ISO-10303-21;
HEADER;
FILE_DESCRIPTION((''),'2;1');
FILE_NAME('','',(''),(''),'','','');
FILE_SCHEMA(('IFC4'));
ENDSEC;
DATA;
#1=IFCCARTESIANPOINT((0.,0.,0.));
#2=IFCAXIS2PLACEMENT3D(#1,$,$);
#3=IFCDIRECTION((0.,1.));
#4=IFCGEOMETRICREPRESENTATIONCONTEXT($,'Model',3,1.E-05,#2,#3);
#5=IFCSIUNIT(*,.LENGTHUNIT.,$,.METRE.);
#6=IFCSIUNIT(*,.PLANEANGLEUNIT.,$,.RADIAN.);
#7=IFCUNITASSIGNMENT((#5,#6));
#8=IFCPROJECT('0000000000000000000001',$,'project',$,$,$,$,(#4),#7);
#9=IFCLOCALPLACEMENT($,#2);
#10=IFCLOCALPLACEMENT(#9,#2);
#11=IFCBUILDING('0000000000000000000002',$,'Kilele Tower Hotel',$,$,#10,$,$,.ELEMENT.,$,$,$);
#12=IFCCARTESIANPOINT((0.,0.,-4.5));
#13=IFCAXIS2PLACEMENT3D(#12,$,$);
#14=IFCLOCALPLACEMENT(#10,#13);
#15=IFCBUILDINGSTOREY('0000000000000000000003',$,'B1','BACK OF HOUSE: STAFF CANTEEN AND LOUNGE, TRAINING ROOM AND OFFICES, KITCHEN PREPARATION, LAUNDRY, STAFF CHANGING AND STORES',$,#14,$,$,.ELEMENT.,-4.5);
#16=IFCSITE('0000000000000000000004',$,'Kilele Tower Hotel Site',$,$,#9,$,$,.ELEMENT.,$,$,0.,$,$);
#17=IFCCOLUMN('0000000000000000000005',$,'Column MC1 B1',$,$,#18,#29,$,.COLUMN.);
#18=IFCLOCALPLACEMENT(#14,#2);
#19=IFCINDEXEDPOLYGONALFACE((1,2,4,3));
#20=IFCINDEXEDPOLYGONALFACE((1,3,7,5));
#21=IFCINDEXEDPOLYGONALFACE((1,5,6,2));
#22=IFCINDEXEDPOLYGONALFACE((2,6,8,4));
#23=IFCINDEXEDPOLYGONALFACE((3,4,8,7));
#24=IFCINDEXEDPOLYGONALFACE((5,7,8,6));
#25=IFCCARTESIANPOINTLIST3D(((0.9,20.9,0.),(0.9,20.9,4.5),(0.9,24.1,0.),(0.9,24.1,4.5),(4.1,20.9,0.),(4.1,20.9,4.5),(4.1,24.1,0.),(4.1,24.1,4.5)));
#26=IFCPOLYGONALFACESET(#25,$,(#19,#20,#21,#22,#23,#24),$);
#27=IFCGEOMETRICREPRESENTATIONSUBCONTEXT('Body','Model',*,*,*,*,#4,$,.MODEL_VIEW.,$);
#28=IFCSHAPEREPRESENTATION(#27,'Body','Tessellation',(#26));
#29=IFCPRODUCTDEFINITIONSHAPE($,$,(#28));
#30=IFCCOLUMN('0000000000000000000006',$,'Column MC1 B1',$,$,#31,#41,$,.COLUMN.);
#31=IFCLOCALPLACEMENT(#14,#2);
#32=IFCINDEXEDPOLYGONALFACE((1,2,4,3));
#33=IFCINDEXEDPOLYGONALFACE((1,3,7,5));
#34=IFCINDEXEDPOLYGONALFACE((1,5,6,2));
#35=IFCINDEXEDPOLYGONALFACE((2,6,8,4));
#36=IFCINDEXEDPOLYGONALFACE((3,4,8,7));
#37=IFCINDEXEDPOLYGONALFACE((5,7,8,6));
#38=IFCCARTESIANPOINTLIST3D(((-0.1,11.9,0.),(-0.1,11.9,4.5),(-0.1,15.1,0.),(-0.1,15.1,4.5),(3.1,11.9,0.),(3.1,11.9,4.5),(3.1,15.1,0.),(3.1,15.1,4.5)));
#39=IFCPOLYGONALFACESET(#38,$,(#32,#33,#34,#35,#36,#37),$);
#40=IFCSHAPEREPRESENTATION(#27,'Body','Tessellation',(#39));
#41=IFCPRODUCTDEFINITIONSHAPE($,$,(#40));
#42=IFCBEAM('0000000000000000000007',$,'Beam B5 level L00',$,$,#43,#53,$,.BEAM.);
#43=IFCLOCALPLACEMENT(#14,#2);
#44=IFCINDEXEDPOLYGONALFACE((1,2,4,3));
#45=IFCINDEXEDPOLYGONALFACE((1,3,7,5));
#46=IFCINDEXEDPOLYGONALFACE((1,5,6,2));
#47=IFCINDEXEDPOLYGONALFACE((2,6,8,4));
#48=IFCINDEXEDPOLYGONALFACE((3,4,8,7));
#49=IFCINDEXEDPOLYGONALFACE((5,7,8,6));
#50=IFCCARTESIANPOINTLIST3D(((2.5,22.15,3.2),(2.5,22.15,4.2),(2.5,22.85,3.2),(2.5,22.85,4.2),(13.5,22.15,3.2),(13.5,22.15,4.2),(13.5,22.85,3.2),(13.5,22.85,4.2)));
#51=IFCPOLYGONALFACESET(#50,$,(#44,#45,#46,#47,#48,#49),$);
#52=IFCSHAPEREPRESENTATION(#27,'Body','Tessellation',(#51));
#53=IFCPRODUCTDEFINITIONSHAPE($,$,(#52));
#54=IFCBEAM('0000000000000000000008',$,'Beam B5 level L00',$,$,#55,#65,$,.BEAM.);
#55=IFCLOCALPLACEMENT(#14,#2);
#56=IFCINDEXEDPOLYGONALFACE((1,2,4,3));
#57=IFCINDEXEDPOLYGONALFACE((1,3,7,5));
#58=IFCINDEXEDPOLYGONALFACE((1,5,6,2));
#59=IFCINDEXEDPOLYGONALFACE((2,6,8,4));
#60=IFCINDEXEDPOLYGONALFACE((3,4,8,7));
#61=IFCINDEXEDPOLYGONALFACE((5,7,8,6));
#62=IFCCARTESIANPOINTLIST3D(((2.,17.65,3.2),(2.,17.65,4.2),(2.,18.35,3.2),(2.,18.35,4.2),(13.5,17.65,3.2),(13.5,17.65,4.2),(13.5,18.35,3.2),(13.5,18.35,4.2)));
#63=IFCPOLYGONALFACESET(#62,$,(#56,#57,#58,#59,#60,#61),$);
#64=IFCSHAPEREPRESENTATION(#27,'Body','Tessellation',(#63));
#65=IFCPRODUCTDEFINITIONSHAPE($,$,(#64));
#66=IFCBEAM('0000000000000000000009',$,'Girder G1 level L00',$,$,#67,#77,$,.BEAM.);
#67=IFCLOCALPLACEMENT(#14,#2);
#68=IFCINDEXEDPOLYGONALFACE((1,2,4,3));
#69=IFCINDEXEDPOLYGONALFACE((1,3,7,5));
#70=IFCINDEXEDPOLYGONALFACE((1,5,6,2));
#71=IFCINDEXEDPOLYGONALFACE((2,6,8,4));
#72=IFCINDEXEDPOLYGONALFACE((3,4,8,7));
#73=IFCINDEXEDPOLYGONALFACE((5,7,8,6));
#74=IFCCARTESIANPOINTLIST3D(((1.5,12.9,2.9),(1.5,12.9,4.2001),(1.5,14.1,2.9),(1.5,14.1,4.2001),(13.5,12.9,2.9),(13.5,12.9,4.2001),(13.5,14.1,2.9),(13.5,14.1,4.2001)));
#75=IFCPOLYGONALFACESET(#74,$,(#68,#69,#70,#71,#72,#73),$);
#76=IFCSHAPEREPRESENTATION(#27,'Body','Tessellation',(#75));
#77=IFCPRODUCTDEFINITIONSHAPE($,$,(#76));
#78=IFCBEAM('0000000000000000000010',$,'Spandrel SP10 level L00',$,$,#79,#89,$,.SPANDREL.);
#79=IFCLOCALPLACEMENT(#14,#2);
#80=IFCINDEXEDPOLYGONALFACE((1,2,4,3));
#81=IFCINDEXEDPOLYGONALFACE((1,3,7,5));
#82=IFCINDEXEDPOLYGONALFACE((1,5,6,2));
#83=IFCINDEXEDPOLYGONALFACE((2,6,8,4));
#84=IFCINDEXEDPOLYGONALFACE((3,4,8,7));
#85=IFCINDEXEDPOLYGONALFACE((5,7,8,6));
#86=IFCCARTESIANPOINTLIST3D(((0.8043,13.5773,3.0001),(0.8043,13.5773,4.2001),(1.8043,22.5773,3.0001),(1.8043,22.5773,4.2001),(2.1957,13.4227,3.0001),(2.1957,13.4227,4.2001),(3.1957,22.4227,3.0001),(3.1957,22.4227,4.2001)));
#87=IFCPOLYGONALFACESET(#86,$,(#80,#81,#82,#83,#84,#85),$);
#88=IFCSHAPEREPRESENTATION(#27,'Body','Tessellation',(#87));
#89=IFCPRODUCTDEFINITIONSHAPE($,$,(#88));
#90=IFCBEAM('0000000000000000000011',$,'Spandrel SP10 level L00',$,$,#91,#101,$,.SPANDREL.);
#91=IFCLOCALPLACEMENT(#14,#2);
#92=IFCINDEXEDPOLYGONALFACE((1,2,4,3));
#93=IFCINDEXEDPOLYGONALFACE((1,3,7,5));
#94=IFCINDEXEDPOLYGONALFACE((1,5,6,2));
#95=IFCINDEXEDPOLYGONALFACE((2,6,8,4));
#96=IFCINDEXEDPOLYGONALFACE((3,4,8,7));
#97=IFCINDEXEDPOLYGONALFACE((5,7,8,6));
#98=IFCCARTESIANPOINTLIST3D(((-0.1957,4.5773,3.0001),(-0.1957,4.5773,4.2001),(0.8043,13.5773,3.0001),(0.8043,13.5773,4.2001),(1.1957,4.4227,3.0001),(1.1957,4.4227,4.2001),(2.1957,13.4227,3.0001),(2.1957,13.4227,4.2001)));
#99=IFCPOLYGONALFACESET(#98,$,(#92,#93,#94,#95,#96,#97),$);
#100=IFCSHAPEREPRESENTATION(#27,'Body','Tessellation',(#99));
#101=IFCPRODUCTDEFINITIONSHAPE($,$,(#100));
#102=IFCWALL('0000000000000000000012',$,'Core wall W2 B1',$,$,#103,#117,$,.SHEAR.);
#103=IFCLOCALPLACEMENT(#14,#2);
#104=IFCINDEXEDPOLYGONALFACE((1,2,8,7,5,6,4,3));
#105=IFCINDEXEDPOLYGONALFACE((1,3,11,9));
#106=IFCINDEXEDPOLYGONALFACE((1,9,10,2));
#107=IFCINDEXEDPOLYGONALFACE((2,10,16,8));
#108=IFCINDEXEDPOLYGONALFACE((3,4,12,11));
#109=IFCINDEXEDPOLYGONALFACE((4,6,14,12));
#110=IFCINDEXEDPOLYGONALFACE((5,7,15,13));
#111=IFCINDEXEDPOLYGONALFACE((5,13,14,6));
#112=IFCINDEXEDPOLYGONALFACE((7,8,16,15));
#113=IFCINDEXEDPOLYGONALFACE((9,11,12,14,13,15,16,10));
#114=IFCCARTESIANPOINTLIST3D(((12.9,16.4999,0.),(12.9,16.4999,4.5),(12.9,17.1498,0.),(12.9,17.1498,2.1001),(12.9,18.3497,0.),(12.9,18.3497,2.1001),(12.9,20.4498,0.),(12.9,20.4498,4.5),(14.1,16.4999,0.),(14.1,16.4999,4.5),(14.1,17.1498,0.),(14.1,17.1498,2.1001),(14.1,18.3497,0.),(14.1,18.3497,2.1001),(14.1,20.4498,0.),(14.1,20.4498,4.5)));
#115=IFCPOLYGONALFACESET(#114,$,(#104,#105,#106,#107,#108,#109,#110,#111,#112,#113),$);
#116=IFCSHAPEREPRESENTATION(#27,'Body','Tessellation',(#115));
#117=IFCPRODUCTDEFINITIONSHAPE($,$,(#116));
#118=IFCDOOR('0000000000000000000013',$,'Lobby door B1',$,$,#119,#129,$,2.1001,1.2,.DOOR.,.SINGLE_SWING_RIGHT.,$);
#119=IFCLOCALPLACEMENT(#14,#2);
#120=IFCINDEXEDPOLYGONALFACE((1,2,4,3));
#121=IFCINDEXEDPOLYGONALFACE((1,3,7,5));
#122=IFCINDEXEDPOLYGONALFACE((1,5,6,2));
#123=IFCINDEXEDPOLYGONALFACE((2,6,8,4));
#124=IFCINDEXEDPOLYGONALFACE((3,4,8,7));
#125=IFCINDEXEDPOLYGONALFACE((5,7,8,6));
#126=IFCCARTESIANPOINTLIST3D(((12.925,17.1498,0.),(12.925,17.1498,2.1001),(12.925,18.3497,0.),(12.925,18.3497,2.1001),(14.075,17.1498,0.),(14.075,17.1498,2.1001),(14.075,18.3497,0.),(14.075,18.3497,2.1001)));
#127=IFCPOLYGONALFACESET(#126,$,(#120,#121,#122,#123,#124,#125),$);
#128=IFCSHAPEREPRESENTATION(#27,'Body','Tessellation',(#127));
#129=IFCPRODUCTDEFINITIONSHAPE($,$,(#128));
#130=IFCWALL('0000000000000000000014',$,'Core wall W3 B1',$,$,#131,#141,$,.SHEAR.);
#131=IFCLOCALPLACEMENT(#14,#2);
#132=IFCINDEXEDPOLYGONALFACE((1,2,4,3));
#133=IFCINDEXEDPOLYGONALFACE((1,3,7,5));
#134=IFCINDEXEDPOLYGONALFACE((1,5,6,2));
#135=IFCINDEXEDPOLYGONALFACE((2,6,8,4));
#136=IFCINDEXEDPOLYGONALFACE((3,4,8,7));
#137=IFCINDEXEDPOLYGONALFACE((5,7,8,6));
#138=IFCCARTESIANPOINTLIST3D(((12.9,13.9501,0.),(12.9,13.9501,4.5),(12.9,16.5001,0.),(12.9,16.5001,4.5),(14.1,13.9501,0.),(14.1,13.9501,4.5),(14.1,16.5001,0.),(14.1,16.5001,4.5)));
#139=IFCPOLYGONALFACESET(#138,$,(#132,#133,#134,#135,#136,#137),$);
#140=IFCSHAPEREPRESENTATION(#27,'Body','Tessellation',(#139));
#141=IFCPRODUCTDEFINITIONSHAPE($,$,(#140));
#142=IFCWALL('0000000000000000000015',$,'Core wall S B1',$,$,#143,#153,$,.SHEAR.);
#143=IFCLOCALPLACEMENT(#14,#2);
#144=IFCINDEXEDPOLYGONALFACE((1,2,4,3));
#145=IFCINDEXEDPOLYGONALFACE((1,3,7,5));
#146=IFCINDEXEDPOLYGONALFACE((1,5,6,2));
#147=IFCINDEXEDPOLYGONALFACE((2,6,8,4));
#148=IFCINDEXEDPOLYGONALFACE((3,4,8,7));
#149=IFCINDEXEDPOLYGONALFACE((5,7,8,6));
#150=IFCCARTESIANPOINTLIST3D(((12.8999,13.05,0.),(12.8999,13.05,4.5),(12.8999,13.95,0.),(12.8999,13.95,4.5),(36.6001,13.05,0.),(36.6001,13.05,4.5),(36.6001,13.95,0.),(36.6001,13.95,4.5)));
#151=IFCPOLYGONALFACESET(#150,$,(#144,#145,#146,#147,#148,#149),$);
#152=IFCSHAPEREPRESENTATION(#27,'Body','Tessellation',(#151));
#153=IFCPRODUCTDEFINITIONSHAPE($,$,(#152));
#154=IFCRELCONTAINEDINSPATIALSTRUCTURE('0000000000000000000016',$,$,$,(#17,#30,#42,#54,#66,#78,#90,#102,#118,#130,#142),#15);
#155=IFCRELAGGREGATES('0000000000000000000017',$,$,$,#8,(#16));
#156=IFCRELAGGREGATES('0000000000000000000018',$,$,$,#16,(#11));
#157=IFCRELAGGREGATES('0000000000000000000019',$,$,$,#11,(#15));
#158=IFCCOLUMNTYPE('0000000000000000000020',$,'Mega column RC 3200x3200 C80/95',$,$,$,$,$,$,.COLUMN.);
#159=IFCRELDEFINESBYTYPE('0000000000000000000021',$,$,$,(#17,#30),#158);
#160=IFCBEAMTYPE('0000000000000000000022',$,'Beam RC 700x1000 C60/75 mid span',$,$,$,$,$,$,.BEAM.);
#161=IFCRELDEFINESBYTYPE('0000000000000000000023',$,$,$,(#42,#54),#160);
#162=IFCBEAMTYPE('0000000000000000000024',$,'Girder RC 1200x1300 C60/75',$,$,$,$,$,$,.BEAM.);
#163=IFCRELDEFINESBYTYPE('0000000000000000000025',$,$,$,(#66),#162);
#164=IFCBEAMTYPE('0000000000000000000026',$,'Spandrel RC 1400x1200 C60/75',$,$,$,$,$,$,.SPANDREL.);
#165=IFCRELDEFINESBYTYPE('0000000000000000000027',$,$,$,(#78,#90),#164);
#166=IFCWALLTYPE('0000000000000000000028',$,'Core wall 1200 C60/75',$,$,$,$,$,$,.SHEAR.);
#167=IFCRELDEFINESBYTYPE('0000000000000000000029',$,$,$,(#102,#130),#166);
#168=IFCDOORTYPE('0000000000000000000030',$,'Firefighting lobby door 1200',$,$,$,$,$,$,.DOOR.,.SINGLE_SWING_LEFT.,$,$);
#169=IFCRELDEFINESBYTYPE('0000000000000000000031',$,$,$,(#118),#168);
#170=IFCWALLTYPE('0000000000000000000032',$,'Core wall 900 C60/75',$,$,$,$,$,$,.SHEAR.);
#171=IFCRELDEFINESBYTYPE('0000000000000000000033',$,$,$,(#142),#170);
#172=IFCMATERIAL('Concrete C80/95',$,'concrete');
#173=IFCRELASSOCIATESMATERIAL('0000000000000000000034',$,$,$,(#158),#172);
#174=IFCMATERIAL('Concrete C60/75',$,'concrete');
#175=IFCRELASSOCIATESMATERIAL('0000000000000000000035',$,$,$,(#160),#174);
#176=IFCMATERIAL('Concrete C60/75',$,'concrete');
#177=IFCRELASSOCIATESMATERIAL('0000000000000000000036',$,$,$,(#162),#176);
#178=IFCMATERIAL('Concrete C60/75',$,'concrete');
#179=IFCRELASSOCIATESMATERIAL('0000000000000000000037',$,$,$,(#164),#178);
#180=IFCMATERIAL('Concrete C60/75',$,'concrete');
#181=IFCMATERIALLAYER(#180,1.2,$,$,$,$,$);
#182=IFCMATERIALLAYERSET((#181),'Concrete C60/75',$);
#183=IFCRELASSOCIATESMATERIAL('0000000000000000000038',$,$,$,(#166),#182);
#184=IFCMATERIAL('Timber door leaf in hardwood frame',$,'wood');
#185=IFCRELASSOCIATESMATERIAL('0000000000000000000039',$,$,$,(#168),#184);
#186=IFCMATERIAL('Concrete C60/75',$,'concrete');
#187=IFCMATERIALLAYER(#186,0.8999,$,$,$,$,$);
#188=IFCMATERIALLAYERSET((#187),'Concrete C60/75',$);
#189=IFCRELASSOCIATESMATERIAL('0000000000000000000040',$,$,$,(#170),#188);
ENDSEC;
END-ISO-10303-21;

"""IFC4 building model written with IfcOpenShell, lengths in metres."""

from ifc_helpers import new_model, si_unit, direction, frame, frame_2d, origin, origin_2d, place, context, subcontext, project, spatial, rectangle, extrude, material, layer, layer_set, material_profile, profile_set, type_object, element, fill, save


model = new_model("IFC4")

# Units and contexts
model_context = context("Model", 3, precision=1e-05, world=origin(), true_north=direction((0.0, 1.0)))
body_context = subcontext(model_context, "Body", "Model", "MODEL_VIEW")
ifc_project = project(units=[si_unit("LENGTHUNIT", "METRE"), si_unit("PLANEANGLEUNIT", "RADIAN")], contexts=[model_context])

# Site, building, storey
site_placement = place(None, origin())
site = spatial("IfcSite", under=ifc_project, at=site_placement, Name="Kilele Tower Hotel Site", CompositionType="ELEMENT", RefElevation=0.0)
building_placement = place(site_placement, origin())
building = spatial("IfcBuilding", under=site, at=building_placement, Name="Kilele Tower Hotel", CompositionType="ELEMENT")
storey_placement = place(building_placement, frame((0.0, 0.0, -4.5)))
storey = spatial("IfcBuildingStorey", under=building, at=storey_placement, Name="B1", Description="BACK OF HOUSE: STAFF CANTEEN AND LOUNGE, TRAINING ROOM AND OFFICES, KITCHEN PREPARATION, LAUNDRY, STAFF CHANGING AND STORES", CompositionType="ELEMENT", Elevation=-4.5)

# Columns
ifc_material_1 = material(Name="Concrete C80/95", Category="concrete")
ifc_material_profile_1 = material_profile(ifc_material_1, rectangle(XDim=3.2, YDim=3.2, at=origin_2d()))
ifc_profile_set_1 = profile_set([ifc_material_profile_1], Name="Concrete C80/95")
column_type = type_object("IfcColumnType", Name="Mega column RC 3200x3200 C80/95", PredefinedType="COLUMN", material=ifc_profile_set_1)
for number, where, z_axis, x_axis, name in (
    (1, (2.5, 22.5, 0.0), (0.0, 0.0, 1.0), (1.0, 0.0, 0.0), "Column MC1 B1"),
    (2, (1.5, 13.5, 0.0), (0.0, 0.0, 1.0), (1.0, 0.0, 0.0), "Column MC1 B1"),
):
    element("IfcColumn", number, at=place(storey_placement, frame(where, z_axis=z_axis, x_axis=x_axis)), inside=storey, type_object=column_type, Name=name, PredefinedType="COLUMN", context=body_context, shape_type="SweptSolid", body=[
        extrude(rectangle(XDim=3.2, YDim=3.2, at=origin_2d()), origin(), (0.0, 0.0, 1.0), 4.5),
    ])

# Beams
ifc_material_2 = material(Name="Concrete C60/75", Category="concrete")
ifc_material_profile_2 = material_profile(ifc_material_2, rectangle(XDim=0.7, YDim=1.0, at=origin_2d()))
ifc_profile_set_2 = profile_set([ifc_material_profile_2], Name="Concrete C60/75")
beam_type_1 = type_object("IfcBeamType", Name="Beam RC 700x1000 C60/75 mid span", PredefinedType="BEAM", material=ifc_profile_set_2)
beam_1_placement = place(storey_placement, frame((2.5, 22.5, 3.7), z_axis=(1.0, 0.0, 0.0), x_axis=(0.0, 1.0, 0.0)))
element("IfcBeam", 3, at=beam_1_placement, inside=storey, type_object=beam_type_1, Name="Beam B5 level L00", PredefinedType="BEAM", context=body_context, shape_type="SweptSolid", body=[
    extrude(rectangle(XDim=0.7, YDim=1.0, at=origin_2d()), origin(), (0.0, 0.0, 1.0), 11.0),
])
beam_2_placement = place(storey_placement, frame((2.0, 18.0, 3.7), z_axis=(1.0, 0.0, 0.0), x_axis=(0.0, 1.0, 0.0)))
element("IfcBeam", 4, at=beam_2_placement, inside=storey, type_object=beam_type_1, Name="Beam B5 level L00", PredefinedType="BEAM", context=body_context, shape_type="SweptSolid", body=[
    extrude(rectangle(XDim=0.7, YDim=1.0, at=origin_2d()), origin(), (0.0, 0.0, 1.0), 11.5),
])
ifc_material_3 = material(Name="Concrete C60/75", Category="concrete")
ifc_material_profile_3 = material_profile(ifc_material_3, rectangle(XDim=1.2, YDim=1.3, at=origin_2d()))
ifc_profile_set_3 = profile_set([ifc_material_profile_3], Name="Concrete C60/75")
beam_type_2 = type_object("IfcBeamType", Name="Girder RC 1200x1300 C60/75", PredefinedType="BEAM", material=ifc_profile_set_3)
beam_3_placement = place(storey_placement, frame((1.5, 13.5, 3.55), z_axis=(1.0, 0.0, 0.0), x_axis=(0.0, 1.0, 0.0)))
element("IfcBeam", 5, at=beam_3_placement, inside=storey, type_object=beam_type_2, Name="Girder G1 level L00", PredefinedType="BEAM", context=body_context, shape_type="SweptSolid", body=[
    extrude(rectangle(XDim=1.2, YDim=1.3, at=origin_2d()), origin(), (0.0, 0.0, 1.0), 12.0),
])
ifc_material_4 = material(Name="Concrete C60/75", Category="concrete")
ifc_material_profile_4 = material_profile(ifc_material_4, rectangle(XDim=1.3999, YDim=1.2, at=origin_2d()))
ifc_profile_set_4 = profile_set([ifc_material_profile_4], Name="Concrete C60/75")
beam_type_3 = type_object("IfcBeamType", Name="Spandrel RC 1400x1200 C60/75", PredefinedType="SPANDREL", material=ifc_profile_set_4)
for number, where, z_axis, x_axis, name in (
    (6, (2.5, 22.5, 3.6001), (-0.110432, -0.993884, 0.0), (0.993884, -0.110432, 0.0), "Spandrel SP10 level L00"),
    (7, (1.5, 13.5, 3.6001), (-0.110432, -0.993884, 0.0), (0.993884, -0.110432, 0.0), "Spandrel SP10 level L00"),
):
    element("IfcBeam", number, at=place(storey_placement, frame(where, z_axis=z_axis, x_axis=x_axis)), inside=storey, type_object=beam_type_3, Name=name, PredefinedType="SPANDREL", context=body_context, shape_type="SweptSolid", body=[
        extrude(rectangle(XDim=1.3999, YDim=1.2, at=origin_2d()), origin(), (0.0, 0.0, 1.0), 9.0554),
    ])

# Wall, opening, door
ifc_material_5 = material(Name="Concrete C60/75", Category="concrete")
ifc_layer_1 = layer(ifc_material_5, 1.2)
ifc_layer_set_1 = layer_set([ifc_layer_1], Name="Concrete C60/75")
wall_type_1 = type_object("IfcWallType", Name="Core wall 1200 C60/75", PredefinedType="SHEAR", material=ifc_layer_set_1)
wall_1_placement = place(storey_placement, frame((13.5, 20.45, 0.0), z_axis=(0.0, 0.0, 1.0), x_axis=(0.0, -1.0, 0.0)))
wall_1 = element("IfcWall", 8, at=wall_1_placement, inside=storey, type_object=wall_type_1, Name="Core wall W2 B1", PredefinedType="SHEAR", context=body_context, shape_type="SweptSolid", body=[
    extrude(rectangle(XDim=3.95, YDim=1.2, at=frame_2d((1.9751, 0.0))), origin(), (0.0, 0.0, 1.0), 4.5),
])
opening_1_placement = place(wall_1_placement, frame((2.1001, 0.0, 0.0)))
opening_1 = element("IfcOpeningElement", 9, at=opening_1_placement, cuts=wall_1, PredefinedType="OPENING", context=body_context, shape_type="SweptSolid", body=[
    extrude(rectangle(XDim=1.2, YDim=2.1001, at=frame_2d((0.6001, 1.05))), frame((0.0, 0.6099, 0.0), z_axis=(0.0, -1.0, 0.0), x_axis=(1.0, 0.0, 0.0)), (0.0, 0.0, 1.0), 1.22),
])
ifc_material_6 = material(Name="Timber door leaf in hardwood frame", Category="wood")
door_type_1 = type_object("IfcDoorType", Name="Firefighting lobby door 1200", OperationType="SINGLE_SWING_LEFT", PredefinedType="DOOR", material=ifc_material_6)
door_1_placement = place(opening_1_placement, origin())
door_1 = element("IfcDoor", 10, at=door_1_placement, inside=storey, type_object=door_type_1, Name="Lobby door B1", OperationType="SINGLE_SWING_RIGHT", OverallHeight=2.1001, OverallWidth=1.2, PredefinedType="DOOR", context=body_context, shape_type="SweptSolid", body=[
    extrude(rectangle(XDim=1.2, YDim=2.1001, at=frame_2d((0.6001, 1.05))), frame((0.0, 0.575, 0.0), z_axis=(0.0, -1.0, 0.0), x_axis=(1.0, 0.0, 0.0)), (0.0, 0.0, 1.0), 1.1499),
])
fill(opening_1, door_1)

# Walls
wall_2_placement = place(storey_placement, frame((13.5, 16.5, 0.0), z_axis=(0.0, 0.0, 1.0), x_axis=(0.0, -1.0, 0.0)))
element("IfcWall", 11, at=wall_2_placement, inside=storey, type_object=wall_type_1, Name="Core wall W3 B1", PredefinedType="SHEAR", context=body_context, shape_type="SweptSolid", body=[
    extrude(rectangle(XDim=2.55, YDim=1.2, at=frame_2d((1.2749, 0.0))), origin(), (0.0, 0.0, 1.0), 4.5),
])
ifc_material_7 = material(Name="Concrete C60/75", Category="concrete")
ifc_layer_2 = layer(ifc_material_7, 0.8999)
ifc_layer_set_2 = layer_set([ifc_layer_2], Name="Concrete C60/75")
wall_type_2 = type_object("IfcWallType", Name="Core wall 900 C60/75", PredefinedType="SHEAR", material=ifc_layer_set_2)
wall_3_placement = place(storey_placement, frame((12.8999, 13.5, 0.0), z_axis=(0.0, 0.0, 1.0), x_axis=(1.0, 0.0, 0.0)))
element("IfcWall", 12, at=wall_3_placement, inside=storey, type_object=wall_type_2, Name="Core wall S B1", PredefinedType="SHEAR", context=body_context, shape_type="SweptSolid", body=[
    extrude(rectangle(XDim=23.7002, YDim=0.8999, at=frame_2d((11.8501, 0.0))), origin(), (0.0, 0.0, 1.0), 4.5),
])

save(model, "model.ifc")
